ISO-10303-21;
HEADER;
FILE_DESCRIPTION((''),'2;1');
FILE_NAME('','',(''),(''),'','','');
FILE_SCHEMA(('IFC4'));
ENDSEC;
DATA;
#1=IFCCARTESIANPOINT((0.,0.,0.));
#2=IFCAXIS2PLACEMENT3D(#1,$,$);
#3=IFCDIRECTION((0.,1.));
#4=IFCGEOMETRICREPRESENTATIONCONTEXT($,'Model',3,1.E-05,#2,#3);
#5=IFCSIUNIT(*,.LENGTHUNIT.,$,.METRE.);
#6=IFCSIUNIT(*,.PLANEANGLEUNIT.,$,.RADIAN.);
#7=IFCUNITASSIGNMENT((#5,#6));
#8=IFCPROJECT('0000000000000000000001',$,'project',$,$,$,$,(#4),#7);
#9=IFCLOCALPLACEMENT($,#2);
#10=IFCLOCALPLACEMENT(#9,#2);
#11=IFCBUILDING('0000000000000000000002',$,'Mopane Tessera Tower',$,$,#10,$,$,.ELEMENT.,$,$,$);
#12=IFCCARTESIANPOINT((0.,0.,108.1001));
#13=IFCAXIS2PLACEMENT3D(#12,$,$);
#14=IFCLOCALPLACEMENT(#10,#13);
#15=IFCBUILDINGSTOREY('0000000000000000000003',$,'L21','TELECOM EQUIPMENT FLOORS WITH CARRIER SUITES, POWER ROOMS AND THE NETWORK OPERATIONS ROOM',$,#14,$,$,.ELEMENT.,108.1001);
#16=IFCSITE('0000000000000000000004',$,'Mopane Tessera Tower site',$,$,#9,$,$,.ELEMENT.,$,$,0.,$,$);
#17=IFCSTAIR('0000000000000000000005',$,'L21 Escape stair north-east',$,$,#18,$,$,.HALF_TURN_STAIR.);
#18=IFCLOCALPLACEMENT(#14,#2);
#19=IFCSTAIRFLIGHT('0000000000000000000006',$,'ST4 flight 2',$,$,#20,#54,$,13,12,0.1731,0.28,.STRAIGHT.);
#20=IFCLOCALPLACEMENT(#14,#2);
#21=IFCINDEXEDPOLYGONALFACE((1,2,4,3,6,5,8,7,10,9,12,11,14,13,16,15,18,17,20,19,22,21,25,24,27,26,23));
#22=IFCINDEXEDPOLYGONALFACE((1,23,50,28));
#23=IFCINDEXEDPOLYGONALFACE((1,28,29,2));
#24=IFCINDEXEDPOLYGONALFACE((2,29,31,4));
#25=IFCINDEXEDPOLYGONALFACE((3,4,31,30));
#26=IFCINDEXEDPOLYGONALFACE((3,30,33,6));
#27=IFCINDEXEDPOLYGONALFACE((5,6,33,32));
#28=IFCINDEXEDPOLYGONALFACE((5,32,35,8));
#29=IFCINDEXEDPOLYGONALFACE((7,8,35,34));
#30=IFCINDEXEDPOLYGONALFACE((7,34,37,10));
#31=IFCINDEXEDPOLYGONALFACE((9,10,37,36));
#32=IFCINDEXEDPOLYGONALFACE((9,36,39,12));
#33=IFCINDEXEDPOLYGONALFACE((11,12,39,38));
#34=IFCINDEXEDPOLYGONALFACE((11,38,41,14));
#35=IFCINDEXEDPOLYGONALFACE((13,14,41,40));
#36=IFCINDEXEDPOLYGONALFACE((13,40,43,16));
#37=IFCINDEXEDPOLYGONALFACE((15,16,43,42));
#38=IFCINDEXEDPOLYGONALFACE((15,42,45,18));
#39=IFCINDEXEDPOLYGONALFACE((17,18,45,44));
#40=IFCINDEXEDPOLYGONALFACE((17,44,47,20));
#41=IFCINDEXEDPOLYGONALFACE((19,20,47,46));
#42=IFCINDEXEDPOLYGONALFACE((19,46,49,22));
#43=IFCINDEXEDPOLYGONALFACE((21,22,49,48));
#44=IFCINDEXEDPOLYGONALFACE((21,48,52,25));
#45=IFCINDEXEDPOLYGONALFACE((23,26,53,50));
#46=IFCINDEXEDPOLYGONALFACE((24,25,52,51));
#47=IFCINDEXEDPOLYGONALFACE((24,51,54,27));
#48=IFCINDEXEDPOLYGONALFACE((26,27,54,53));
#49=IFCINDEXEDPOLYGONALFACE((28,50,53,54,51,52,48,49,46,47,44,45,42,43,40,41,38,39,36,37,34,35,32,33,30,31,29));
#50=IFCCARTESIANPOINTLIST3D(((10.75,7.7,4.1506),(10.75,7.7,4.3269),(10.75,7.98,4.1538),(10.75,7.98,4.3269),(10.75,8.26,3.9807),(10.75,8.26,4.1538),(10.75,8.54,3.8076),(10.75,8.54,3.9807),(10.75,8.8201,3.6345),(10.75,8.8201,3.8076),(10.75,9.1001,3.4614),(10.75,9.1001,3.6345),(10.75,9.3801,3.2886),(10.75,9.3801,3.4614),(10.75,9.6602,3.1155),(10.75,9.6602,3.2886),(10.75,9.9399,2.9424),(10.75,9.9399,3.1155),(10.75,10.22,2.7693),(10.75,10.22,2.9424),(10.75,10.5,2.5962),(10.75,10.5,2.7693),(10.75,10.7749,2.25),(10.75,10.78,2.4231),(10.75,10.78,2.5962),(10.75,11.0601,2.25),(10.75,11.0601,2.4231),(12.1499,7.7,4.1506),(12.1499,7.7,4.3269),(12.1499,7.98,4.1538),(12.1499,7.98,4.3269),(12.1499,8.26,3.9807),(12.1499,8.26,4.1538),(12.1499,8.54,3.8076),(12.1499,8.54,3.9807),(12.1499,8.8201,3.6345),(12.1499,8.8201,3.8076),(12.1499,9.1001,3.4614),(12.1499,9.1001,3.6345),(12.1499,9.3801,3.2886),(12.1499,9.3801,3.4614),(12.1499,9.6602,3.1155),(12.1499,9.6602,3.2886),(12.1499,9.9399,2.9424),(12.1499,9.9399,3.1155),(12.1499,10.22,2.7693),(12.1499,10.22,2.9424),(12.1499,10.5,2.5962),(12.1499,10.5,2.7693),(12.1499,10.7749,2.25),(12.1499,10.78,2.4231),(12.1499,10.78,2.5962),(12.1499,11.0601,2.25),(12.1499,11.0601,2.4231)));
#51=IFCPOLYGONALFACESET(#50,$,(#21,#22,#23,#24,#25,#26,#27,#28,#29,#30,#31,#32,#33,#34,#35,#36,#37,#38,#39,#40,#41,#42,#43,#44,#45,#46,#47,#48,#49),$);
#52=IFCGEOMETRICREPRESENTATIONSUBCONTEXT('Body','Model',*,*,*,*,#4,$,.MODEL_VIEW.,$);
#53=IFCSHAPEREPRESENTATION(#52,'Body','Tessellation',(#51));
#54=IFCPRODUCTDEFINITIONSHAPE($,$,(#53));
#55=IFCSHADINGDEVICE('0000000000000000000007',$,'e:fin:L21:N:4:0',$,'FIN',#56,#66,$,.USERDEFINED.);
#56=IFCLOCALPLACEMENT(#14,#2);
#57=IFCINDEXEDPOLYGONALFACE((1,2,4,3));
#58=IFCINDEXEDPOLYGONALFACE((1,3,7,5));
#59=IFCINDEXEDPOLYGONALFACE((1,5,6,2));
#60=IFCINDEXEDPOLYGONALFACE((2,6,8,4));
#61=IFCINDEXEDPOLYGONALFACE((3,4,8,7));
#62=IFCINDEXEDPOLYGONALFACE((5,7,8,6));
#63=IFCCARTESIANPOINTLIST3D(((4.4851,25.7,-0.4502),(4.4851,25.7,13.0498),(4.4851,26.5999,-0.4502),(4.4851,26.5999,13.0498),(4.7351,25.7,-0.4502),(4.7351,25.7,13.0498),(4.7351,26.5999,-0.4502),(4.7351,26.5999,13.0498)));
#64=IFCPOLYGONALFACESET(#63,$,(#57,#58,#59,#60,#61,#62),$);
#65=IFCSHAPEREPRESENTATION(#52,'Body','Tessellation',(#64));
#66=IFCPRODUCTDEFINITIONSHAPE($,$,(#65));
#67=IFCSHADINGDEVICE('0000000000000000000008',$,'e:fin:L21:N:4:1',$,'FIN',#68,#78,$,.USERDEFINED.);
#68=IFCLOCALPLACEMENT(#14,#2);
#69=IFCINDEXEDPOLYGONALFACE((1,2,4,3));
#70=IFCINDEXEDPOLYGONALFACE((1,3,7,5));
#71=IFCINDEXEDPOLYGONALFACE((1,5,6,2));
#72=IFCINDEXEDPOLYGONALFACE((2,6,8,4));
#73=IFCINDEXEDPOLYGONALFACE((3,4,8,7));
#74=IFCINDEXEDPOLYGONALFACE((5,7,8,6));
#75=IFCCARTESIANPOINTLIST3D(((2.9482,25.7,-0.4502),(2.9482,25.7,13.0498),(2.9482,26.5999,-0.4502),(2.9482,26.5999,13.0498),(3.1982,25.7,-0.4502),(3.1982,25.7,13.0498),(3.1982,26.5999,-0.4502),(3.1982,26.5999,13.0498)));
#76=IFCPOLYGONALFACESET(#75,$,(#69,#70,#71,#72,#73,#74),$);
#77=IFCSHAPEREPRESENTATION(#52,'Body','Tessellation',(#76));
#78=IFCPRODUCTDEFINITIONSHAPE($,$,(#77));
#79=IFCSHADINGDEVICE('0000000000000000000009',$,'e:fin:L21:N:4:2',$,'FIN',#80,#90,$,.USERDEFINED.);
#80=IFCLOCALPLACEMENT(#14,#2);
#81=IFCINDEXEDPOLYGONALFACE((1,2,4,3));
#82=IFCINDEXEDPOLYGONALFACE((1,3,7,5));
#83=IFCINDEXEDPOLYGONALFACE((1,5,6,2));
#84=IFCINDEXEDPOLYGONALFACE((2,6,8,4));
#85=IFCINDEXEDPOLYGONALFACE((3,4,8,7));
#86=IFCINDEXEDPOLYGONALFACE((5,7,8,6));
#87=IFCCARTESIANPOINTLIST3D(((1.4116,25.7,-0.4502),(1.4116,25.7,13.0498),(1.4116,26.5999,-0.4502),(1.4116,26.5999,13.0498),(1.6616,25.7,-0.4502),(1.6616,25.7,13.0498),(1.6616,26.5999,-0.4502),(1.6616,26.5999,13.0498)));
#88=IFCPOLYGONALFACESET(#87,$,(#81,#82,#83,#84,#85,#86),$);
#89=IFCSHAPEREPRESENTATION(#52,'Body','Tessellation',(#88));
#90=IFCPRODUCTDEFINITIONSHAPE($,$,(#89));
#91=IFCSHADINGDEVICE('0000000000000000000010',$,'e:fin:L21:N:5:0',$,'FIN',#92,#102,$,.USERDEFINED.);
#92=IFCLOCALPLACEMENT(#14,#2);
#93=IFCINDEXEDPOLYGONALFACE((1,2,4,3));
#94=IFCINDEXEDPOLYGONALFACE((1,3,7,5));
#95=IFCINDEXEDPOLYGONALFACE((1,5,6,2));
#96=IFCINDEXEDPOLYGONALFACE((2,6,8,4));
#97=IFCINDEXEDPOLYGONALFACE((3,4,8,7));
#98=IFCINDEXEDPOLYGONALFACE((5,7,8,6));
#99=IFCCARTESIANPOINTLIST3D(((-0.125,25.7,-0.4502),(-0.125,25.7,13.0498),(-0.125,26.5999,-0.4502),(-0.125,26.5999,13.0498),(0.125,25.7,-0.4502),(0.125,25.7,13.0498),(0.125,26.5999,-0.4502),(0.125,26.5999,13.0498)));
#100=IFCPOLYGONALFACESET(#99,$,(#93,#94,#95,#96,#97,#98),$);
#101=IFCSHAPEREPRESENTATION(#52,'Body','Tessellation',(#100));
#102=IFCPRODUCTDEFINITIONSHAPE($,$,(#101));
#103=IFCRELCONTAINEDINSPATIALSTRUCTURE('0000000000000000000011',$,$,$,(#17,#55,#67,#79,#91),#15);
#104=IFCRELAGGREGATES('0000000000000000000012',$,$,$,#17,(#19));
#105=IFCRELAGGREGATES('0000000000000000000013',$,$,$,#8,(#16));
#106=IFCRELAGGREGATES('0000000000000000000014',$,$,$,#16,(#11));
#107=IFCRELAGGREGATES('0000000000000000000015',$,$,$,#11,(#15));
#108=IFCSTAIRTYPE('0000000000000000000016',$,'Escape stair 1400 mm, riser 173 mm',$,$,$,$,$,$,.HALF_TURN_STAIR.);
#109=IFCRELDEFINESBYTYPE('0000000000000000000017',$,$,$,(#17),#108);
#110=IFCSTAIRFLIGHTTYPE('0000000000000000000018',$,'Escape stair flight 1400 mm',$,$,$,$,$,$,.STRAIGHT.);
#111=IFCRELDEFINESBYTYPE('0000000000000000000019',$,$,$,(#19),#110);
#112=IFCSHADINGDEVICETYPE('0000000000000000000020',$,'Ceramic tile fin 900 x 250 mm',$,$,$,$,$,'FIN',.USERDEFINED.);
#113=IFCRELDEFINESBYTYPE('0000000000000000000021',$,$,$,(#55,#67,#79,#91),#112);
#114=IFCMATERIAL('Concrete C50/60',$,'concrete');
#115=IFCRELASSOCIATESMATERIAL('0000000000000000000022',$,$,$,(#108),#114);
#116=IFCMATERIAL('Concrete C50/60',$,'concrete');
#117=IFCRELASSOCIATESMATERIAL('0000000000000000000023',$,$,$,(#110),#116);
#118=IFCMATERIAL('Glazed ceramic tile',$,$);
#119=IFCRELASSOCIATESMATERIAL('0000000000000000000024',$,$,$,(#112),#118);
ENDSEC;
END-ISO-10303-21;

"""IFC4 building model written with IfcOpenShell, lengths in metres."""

from ifc_helpers import new_model, si_unit, direction, frame, origin, origin_2d, place, context, subcontext, project, spatial, polyline, rectangle, outline, extrude, material, type_object, element, aggregate, save


model = new_model("IFC4")

# Units and contexts
model_context = context("Model", 3, precision=1e-05, world=origin(), true_north=direction((0.0, 1.0)))
body_context = subcontext(model_context, "Body", "Model", "MODEL_VIEW")
ifc_project = project(units=[si_unit("LENGTHUNIT", "METRE"), si_unit("PLANEANGLEUNIT", "RADIAN")], contexts=[model_context])

# Site, building, storey
site_placement = place(None, origin())
site = spatial("IfcSite", under=ifc_project, at=site_placement, Name="Mopane Tessera Tower site", CompositionType="ELEMENT", RefElevation=0.0)
building_placement = place(site_placement, origin())
building = spatial("IfcBuilding", under=site, at=building_placement, Name="Mopane Tessera Tower", CompositionType="ELEMENT")
storey_placement = place(building_placement, frame((0.0, 0.0, 108.1001)))
storey = spatial("IfcBuildingStorey", under=building, at=storey_placement, Name="L21", Description="TELECOM EQUIPMENT FLOORS WITH CARRIER SUITES, POWER ROOMS AND THE NETWORK OPERATIONS ROOM", CompositionType="ELEMENT", Elevation=108.1001)

# Stair, stair flight
ifc_material_1 = material(Name="Concrete C50/60", Category="concrete")
stair_type = type_object("IfcStairType", Name="Escape stair 1400 mm, riser 173 mm", PredefinedType="HALF_TURN_STAIR", material=ifc_material_1)
stair_placement = place(storey_placement, origin())
stair = element("IfcStair", 1, at=stair_placement, inside=storey, type_object=stair_type, Name="L21 Escape stair north-east", PredefinedType="HALF_TURN_STAIR")
ifc_material_2 = material(Name="Concrete C50/60", Category="concrete")
stair_flight_type = type_object("IfcStairFlightType", Name="Escape stair flight 1400 mm", PredefinedType="STRAIGHT", material=ifc_material_2)
stair_flight_1_placement = place(storey_placement, frame((11.45, 11.0601, 2.25), z_axis=(0.0, 0.0, 1.0), x_axis=(0.0, -1.0, 0.0)))
stair_flight_1 = element("IfcStairFlight", 2, at=stair_flight_1_placement, type_object=stair_flight_type, Name="ST4 flight 2", NumberOfRisers=13, NumberOfTreads=12, PredefinedType="STRAIGHT", RiserHeight=0.1731, TreadLength=0.28, context=body_context, shape_type="SweptSolid", body=[
    extrude(outline(polyline([(0.0, 0.0), (0.0, 0.1731), (0.28, 0.1731), (0.28, 0.3462), (0.5601, 0.3462), (0.5601, 0.5193), (0.8401, 0.5193), (0.8401, 0.6924), (1.1201, 0.6924), (1.1201, 0.8655), (1.3999, 0.8655), (1.3999, 1.0386), (1.6799, 1.0386), (1.6799, 1.2114), (1.96, 1.2114), (1.96, 1.3845), (2.24, 1.3845), (2.24, 1.5576), (2.52, 1.5576), (2.52, 1.7307), (2.8, 1.7307), (2.8, 1.9038), (3.0801, 1.9038), (3.0801, 2.0769), (3.3601, 2.0769), (3.3601, 2.25), (3.3601, 1.9006), (0.2852, 0.0), (0.0, 0.0)])), frame((0.0, 0.7, 0.0), z_axis=(0.0, -1.0, 0.0), x_axis=(1.0, 0.0, 0.0)), (0.0, 0.0, 1.0), 1.3999),
])
aggregate(stair, [stair_flight_1])

# Shading devices
ifc_material_3 = material(Name="Glazed ceramic tile")
shading_device_type = type_object("IfcShadingDeviceType", Name="Ceramic tile fin 900 x 250 mm", ElementType="FIN", PredefinedType="USERDEFINED", material=ifc_material_3)
for number, where, z_axis, x_axis, name in (
    (3, (4.6101, 26.1499, -0.4502), (0.0, 0.0, 1.0), (-1.0, 0.0, 0.0), "e:fin:L21:N:4:0"),
    (4, (3.0732, 26.1499, -0.4502), (0.0, 0.0, 1.0), (-1.0, 0.0, 0.0), "e:fin:L21:N:4:1"),
    (5, (1.5366, 26.1499, -0.4502), (0.0, 0.0, 1.0), (-1.0, 0.0, 0.0), "e:fin:L21:N:4:2"),
    (6, (0.0, 26.1499, -0.4502), (0.0, 0.0, 1.0), (-1.0, 0.0, 0.0), "e:fin:L21:N:5:0"),
):
    element("IfcShadingDevice", number, at=place(storey_placement, frame(where, z_axis=z_axis, x_axis=x_axis)), inside=storey, type_object=shading_device_type, Name=name, ObjectType="FIN", PredefinedType="USERDEFINED", context=body_context, shape_type="SweptSolid", body=[
        extrude(rectangle(XDim=0.25, YDim=0.8999, at=origin_2d()), origin(), (0.0, 0.0, 1.0), 13.5),
    ])

save(model, "model.ifc")
